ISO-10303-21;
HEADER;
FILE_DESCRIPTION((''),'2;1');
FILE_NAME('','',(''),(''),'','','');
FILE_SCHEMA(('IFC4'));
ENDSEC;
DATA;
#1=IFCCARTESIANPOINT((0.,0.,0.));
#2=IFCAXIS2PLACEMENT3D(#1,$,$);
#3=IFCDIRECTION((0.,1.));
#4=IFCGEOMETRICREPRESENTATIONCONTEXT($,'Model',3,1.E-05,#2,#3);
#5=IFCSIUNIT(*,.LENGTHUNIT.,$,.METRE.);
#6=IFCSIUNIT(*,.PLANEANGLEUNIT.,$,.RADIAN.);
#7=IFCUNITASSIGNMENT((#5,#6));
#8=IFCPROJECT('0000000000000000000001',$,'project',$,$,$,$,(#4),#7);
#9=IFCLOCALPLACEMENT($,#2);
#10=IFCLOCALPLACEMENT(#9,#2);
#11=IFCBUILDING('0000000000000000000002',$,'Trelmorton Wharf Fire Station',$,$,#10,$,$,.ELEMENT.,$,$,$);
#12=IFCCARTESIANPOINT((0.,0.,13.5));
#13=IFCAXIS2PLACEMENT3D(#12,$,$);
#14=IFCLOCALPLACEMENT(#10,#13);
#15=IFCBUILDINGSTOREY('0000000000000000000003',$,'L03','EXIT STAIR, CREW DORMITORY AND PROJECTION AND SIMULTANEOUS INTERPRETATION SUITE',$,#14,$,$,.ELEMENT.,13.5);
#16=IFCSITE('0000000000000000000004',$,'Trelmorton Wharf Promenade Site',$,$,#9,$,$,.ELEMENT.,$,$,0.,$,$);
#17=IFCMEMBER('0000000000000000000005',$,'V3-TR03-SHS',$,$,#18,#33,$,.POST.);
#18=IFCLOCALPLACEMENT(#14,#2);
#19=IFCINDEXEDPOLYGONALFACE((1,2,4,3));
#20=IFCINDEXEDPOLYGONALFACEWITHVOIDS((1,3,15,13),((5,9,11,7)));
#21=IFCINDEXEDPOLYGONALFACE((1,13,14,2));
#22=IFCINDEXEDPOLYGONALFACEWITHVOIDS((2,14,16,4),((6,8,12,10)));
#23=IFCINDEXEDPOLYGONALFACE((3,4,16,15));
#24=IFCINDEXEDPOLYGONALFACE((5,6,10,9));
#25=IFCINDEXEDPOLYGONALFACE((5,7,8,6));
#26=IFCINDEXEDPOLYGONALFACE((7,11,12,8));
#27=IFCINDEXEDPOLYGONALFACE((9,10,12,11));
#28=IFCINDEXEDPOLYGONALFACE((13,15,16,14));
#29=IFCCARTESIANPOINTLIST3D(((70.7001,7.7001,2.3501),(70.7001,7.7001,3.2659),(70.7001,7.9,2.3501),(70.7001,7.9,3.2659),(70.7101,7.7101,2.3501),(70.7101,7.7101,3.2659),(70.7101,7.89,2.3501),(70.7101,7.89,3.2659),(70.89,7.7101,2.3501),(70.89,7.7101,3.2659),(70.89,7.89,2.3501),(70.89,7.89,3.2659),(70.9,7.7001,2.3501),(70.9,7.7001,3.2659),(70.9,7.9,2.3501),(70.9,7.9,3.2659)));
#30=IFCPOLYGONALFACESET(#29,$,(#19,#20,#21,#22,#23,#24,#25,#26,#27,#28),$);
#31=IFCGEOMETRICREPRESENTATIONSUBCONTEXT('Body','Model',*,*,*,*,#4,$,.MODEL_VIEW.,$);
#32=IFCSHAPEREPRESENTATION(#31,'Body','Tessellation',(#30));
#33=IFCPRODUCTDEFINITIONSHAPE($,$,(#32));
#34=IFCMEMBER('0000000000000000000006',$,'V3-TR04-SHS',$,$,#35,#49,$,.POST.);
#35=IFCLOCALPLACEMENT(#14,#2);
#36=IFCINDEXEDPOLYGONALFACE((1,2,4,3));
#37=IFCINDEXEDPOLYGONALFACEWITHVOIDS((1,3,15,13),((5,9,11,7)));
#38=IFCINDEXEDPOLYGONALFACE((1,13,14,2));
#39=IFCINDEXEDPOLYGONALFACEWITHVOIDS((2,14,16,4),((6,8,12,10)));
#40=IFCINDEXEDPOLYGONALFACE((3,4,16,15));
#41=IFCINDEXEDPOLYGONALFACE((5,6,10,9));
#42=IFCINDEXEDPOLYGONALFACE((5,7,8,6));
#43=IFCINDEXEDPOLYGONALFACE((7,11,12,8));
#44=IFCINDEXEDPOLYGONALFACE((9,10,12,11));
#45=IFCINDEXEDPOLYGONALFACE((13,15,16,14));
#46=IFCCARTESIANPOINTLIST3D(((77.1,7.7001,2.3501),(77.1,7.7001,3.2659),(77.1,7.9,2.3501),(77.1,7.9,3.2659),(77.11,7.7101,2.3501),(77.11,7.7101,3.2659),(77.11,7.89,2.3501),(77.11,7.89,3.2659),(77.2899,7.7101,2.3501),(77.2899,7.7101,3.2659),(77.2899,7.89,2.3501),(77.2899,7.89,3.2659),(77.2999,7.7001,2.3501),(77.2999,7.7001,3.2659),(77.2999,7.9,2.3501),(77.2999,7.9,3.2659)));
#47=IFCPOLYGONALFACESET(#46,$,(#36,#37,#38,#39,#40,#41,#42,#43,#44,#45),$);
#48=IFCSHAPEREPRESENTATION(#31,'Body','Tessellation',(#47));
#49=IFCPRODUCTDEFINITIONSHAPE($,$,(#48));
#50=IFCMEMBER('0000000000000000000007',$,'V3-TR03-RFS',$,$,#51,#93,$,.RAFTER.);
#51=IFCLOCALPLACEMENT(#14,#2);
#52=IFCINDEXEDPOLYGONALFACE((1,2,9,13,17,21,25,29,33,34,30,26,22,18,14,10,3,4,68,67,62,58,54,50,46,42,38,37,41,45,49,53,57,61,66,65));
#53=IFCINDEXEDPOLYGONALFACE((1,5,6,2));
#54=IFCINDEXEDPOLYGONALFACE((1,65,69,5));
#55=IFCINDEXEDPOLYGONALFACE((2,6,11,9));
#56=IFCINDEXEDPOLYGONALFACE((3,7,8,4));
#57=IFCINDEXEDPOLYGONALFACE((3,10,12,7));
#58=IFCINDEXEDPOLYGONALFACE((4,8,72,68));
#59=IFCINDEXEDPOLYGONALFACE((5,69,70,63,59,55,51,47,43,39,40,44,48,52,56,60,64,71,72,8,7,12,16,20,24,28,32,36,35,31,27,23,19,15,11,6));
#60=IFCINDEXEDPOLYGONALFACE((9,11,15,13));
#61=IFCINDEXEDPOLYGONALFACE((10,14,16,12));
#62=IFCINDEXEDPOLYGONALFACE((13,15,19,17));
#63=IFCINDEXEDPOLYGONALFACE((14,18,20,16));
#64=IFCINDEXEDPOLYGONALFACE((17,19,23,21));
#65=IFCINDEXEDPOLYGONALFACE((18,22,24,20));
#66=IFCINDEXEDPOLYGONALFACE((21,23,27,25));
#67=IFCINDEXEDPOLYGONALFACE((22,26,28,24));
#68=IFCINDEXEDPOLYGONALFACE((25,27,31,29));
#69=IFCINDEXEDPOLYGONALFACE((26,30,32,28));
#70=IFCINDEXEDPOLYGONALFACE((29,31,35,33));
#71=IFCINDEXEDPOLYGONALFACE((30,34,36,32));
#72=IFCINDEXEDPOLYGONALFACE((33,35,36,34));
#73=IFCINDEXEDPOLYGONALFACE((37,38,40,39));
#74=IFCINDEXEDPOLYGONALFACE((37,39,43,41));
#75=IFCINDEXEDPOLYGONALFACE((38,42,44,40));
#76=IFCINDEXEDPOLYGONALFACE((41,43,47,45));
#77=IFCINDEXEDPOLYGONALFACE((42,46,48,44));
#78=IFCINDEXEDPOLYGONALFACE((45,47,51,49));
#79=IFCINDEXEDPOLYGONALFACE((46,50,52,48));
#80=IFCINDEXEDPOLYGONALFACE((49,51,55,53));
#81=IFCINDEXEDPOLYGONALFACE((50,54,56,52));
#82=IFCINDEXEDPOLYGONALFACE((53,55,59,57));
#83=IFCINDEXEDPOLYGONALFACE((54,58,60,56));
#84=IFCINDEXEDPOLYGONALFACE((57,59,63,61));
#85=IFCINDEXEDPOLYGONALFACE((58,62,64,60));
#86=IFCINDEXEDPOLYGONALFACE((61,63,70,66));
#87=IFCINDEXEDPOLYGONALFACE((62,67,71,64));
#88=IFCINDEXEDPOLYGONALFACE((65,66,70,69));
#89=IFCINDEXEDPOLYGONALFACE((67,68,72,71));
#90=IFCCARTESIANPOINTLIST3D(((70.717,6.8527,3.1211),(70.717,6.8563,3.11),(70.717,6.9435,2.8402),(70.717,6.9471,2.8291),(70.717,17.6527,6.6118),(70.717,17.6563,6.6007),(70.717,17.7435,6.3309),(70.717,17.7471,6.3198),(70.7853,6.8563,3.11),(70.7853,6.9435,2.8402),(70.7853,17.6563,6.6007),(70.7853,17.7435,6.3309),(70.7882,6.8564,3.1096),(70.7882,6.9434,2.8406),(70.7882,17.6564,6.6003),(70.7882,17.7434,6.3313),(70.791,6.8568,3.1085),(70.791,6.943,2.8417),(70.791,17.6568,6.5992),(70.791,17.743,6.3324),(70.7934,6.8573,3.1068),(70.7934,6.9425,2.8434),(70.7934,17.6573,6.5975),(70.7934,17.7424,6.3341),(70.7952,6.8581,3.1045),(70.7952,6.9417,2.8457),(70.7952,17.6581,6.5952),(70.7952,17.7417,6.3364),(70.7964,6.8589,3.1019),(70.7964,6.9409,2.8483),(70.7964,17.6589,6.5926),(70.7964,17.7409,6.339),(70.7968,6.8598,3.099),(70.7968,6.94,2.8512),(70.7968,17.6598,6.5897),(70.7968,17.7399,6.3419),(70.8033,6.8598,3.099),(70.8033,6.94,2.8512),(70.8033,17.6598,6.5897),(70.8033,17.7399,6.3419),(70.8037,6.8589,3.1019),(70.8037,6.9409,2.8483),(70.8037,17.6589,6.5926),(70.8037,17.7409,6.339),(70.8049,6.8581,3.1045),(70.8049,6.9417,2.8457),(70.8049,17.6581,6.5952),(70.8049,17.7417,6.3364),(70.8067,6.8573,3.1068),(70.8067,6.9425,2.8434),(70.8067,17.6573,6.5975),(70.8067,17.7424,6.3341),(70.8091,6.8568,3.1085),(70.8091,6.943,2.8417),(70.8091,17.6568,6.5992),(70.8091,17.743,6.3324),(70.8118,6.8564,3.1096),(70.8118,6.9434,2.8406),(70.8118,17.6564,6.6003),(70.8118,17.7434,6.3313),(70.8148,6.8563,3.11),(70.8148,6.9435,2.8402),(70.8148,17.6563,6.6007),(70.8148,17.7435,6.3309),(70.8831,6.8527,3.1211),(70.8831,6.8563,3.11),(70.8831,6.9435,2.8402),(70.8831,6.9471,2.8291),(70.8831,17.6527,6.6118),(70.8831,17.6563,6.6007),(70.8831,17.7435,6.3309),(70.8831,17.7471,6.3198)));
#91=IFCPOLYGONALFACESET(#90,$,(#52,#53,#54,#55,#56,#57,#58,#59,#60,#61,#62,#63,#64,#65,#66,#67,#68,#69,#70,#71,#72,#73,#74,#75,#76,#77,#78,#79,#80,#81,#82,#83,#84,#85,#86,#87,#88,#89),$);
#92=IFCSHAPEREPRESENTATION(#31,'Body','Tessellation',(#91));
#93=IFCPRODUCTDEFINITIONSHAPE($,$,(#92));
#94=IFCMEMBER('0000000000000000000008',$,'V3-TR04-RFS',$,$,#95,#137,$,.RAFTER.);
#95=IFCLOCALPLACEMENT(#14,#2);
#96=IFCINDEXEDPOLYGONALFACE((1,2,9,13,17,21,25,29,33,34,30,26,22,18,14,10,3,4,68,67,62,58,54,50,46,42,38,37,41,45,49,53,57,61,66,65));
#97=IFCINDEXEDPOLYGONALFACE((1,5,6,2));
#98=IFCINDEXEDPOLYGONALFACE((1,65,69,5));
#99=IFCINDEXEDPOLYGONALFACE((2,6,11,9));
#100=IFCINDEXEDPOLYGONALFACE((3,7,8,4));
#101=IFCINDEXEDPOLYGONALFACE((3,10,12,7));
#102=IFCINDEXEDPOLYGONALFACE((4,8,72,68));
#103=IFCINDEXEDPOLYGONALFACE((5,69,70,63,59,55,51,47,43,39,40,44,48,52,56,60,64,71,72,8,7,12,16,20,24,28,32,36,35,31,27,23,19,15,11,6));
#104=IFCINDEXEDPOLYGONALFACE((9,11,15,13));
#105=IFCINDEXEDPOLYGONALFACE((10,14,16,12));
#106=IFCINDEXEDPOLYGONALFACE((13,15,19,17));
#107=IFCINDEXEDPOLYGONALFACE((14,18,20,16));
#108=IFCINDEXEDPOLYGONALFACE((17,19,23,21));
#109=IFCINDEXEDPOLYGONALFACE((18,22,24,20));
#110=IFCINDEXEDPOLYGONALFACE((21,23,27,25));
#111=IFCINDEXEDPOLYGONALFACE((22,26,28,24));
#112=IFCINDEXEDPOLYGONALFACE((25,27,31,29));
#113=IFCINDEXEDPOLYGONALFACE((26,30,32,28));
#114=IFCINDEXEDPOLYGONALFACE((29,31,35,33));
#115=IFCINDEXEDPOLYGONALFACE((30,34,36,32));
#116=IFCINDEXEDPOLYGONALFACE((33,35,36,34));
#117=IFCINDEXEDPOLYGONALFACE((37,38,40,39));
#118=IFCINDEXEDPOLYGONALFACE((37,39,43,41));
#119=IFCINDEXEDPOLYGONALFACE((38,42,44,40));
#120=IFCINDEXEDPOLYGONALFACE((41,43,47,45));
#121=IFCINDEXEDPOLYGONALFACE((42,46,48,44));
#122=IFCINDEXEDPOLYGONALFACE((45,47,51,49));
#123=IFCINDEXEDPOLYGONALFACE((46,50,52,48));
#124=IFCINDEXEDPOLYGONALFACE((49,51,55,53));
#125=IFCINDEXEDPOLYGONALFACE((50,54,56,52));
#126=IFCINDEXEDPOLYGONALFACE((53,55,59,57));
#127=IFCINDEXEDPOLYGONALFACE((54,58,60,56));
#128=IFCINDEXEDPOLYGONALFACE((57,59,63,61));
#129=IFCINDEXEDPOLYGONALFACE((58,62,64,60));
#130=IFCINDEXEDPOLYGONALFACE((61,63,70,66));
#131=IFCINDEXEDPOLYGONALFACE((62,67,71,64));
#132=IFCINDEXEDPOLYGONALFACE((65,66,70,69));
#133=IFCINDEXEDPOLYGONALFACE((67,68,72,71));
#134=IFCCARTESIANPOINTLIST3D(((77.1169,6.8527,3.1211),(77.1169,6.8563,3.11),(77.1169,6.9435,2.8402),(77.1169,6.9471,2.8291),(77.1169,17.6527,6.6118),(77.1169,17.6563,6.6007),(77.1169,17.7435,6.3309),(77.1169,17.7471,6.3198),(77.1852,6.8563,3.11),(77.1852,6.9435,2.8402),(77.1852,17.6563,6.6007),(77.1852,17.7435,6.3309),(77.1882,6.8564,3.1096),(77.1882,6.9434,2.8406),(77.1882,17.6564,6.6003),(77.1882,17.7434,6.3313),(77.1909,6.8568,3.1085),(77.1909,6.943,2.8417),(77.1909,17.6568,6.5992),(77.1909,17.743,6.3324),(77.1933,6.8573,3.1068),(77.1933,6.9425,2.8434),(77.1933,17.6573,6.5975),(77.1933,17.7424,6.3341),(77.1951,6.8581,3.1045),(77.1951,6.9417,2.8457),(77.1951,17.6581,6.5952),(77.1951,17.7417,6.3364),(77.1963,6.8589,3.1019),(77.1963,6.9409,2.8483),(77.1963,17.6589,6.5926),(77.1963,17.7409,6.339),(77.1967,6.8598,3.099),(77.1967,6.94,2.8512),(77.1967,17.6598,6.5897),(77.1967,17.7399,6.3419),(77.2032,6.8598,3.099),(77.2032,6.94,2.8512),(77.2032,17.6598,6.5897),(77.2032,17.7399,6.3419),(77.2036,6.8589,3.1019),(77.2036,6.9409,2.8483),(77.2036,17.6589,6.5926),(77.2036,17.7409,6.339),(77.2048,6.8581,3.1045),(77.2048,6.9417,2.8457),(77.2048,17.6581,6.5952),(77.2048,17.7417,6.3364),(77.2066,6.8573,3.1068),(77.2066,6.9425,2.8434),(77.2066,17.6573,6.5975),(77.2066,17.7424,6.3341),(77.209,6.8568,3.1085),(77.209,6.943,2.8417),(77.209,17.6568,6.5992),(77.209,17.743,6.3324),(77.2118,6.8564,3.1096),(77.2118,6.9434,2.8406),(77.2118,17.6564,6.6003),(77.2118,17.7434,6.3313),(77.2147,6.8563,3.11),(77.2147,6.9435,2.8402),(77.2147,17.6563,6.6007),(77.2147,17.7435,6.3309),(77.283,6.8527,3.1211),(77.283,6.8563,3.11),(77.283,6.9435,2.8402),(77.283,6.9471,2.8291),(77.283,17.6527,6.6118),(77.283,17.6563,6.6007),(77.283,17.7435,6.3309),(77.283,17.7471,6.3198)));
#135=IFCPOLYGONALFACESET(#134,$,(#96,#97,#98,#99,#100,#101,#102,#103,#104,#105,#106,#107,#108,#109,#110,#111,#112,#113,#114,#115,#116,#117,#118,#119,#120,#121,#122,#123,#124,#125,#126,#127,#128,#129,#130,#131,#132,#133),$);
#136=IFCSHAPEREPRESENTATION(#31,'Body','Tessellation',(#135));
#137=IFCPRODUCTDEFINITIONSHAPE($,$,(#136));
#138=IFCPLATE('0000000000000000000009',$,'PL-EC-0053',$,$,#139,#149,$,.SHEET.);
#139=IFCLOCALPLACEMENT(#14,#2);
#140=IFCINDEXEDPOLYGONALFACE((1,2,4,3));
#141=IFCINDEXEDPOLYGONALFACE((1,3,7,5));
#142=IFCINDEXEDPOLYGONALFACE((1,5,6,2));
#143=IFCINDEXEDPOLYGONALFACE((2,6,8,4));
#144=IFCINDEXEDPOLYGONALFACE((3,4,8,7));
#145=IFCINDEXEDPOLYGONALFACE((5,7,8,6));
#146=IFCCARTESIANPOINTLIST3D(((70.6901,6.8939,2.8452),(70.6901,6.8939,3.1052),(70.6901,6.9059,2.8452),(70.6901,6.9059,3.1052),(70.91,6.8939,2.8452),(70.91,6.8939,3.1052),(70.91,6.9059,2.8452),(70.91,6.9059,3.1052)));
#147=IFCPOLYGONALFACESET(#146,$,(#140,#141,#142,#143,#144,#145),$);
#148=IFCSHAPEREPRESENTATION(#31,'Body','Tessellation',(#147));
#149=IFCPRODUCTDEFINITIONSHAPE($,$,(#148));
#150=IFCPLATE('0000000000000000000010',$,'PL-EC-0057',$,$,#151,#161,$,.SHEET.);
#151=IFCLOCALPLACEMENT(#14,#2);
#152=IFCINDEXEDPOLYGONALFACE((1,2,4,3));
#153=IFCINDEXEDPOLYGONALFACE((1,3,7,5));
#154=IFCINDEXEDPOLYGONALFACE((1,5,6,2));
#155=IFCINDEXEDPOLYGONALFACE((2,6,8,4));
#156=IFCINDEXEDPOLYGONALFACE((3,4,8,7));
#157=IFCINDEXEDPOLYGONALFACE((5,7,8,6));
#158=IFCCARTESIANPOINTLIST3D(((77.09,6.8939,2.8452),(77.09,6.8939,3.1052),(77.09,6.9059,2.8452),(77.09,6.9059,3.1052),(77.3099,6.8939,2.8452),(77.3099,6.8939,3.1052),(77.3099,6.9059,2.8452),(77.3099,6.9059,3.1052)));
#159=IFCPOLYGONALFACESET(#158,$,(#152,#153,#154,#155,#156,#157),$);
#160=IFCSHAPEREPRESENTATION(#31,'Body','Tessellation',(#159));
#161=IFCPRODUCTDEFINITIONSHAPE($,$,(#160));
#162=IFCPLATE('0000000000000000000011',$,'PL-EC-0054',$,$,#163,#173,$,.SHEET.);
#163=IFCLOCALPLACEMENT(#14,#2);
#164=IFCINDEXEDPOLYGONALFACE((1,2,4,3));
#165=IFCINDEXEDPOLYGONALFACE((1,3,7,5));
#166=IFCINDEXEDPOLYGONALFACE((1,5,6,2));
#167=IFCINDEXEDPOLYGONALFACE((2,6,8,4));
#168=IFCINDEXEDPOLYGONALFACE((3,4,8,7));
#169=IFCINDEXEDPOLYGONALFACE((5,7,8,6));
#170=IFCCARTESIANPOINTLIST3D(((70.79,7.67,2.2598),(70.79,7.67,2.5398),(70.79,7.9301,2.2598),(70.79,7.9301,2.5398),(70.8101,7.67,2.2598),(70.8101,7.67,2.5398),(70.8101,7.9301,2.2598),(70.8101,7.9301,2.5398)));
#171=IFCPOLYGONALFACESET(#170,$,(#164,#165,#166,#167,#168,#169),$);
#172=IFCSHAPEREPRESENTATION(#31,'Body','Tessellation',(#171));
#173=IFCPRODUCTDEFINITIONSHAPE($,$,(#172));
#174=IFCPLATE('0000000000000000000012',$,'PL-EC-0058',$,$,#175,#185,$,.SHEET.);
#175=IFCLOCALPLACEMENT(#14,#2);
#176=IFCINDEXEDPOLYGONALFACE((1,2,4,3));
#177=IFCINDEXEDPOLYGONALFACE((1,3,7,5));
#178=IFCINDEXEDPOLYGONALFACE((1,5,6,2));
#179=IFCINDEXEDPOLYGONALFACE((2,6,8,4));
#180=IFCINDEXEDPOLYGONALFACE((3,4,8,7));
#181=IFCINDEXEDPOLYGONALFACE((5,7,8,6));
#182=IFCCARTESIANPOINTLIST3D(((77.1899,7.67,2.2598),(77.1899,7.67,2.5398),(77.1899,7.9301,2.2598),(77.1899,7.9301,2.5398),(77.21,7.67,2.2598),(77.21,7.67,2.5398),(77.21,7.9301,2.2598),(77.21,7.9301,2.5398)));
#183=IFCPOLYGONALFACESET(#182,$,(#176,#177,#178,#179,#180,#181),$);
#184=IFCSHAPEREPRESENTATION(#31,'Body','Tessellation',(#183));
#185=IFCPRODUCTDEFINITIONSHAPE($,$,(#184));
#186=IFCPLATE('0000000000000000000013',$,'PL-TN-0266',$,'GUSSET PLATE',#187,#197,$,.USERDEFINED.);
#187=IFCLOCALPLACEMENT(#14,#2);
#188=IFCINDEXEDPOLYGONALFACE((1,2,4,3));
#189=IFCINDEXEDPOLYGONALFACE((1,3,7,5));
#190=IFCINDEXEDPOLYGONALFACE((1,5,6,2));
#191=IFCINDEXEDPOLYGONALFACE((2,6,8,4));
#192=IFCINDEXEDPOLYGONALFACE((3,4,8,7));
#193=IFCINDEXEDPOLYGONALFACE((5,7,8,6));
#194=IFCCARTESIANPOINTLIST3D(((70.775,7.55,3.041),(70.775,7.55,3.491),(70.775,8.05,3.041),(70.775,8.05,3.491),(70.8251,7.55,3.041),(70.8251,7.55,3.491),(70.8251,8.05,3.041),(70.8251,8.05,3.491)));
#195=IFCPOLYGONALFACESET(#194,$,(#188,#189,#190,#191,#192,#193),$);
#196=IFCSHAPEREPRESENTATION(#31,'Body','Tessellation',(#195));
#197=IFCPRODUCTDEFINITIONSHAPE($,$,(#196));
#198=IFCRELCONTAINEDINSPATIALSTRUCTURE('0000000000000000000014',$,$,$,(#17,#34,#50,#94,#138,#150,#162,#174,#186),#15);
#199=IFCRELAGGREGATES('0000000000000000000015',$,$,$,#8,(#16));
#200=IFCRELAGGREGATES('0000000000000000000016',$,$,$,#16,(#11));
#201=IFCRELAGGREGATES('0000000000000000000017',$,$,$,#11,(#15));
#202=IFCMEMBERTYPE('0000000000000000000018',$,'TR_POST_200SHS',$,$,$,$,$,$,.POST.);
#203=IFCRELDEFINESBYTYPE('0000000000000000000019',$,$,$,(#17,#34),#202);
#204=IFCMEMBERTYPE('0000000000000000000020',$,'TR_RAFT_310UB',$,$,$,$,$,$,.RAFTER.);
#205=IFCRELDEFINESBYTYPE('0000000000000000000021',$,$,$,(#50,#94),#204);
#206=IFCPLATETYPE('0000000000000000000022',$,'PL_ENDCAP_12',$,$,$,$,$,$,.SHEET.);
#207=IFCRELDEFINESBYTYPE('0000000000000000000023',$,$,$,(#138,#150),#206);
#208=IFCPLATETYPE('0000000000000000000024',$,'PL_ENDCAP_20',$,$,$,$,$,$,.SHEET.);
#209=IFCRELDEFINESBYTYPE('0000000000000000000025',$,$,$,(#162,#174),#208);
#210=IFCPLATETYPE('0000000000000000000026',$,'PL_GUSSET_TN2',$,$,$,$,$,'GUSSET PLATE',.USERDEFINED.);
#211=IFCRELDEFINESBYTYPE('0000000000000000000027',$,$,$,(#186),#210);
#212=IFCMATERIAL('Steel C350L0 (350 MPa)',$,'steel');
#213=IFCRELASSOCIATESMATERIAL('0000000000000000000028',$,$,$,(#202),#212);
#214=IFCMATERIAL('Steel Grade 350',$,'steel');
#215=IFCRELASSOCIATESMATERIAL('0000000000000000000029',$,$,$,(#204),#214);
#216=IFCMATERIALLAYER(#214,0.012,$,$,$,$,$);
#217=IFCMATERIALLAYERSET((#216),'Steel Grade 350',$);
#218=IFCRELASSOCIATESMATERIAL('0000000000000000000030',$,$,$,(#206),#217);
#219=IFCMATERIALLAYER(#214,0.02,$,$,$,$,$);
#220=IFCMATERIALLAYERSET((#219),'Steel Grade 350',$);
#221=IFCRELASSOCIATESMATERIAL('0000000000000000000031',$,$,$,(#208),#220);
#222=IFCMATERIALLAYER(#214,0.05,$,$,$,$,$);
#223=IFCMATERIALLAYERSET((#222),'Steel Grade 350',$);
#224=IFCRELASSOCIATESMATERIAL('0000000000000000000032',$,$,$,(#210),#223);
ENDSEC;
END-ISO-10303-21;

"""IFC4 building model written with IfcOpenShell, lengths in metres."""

from ifc_helpers import new_model, si_unit, direction, frame, origin, origin_2d, place, context, subcontext, project, spatial, rectangle, hollow_rectangle, i_section, extrude, material, layer, layer_set, material_profile, profile_set, type_object, element, save


model = new_model("IFC4")

# Units and contexts
model_context = context("Model", 3, precision=1e-05, world=origin(), true_north=direction((0.0, 1.0)))
body_context = subcontext(model_context, "Body", "Model", "MODEL_VIEW")
ifc_project = project(units=[si_unit("LENGTHUNIT", "METRE"), si_unit("PLANEANGLEUNIT", "RADIAN")], contexts=[model_context])

# Site, building, storey
site_placement = place(None, origin())
site = spatial("IfcSite", under=ifc_project, at=site_placement, Name="Trelmorton Wharf Promenade Site", CompositionType="ELEMENT", RefElevation=0.0)
building_placement = place(site_placement, origin())
building = spatial("IfcBuilding", under=site, at=building_placement, Name="Trelmorton Wharf Fire Station", CompositionType="ELEMENT")
storey_placement = place(building_placement, frame((0.0, 0.0, 13.5)))
storey = spatial("IfcBuildingStorey", under=building, at=storey_placement, Name="L03", Description="EXIT STAIR, CREW DORMITORY AND PROJECTION AND SIMULTANEOUS INTERPRETATION SUITE", CompositionType="ELEMENT", Elevation=13.5)

# Shared definitions
ifc_material_1 = material(Name="Steel Grade 350", Category="steel")

# Members
ifc_material_2 = material(Name="Steel C350L0 (350 MPa)", Category="steel")
ifc_material_profile_1 = material_profile(ifc_material_2, hollow_rectangle(XDim=0.2, YDim=0.2, WallThickness=0.01, at=origin_2d()), Name="200x200x10.0SHS")
ifc_profile_set_1 = profile_set([ifc_material_profile_1], Name="Steel C350L0 (350 MPa)")
member_type_1 = type_object("IfcMemberType", Name="TR_POST_200SHS", PredefinedType="POST", material=ifc_profile_set_1)
for number, where, z_axis, x_axis, name in (
    (1, (70.8, 7.8, 2.3501), (0.0, 0.0, 1.0), (1.0, 0.0, 0.0), "V3-TR03-SHS"),
    (2, (77.2, 7.8, 2.3501), (0.0, 0.0, 1.0), (1.0, 0.0, 0.0), "V3-TR04-SHS"),
):
    element("IfcMember", number, at=place(storey_placement, frame(where, z_axis=z_axis, x_axis=x_axis)), inside=storey, type_object=member_type_1, Name=name, PredefinedType="POST", context=body_context, shape_type="SweptSolid", body=[
        extrude(hollow_rectangle(XDim=0.2, YDim=0.2, WallThickness=0.01, at=origin_2d()), origin(), (0.0, 0.0, 1.0), 0.9158),
    ])
ifc_material_profile_2 = material_profile(ifc_material_1, i_section(OverallWidth=0.166, OverallDepth=0.3069, WebThickness=0.0066, FlangeThickness=0.0117, FilletRadius=0.0115, at=origin_2d()), Name="310UB46.2")
ifc_profile_set_2 = profile_set([ifc_material_profile_2], Name="Steel Grade 350")
member_type_2 = type_object("IfcMemberType", Name="TR_RAFT_310UB", PredefinedType="RAFTER", material=ifc_profile_set_2)
for number, where, z_axis, x_axis, name in (
    (3, (70.8, 6.8999, 2.9751), (0.0, 0.951532, 0.307548), (-1.0, 0.0, 0.0), "V3-TR03-RFS"),
    (4, (77.2, 6.8999, 2.9751), (0.0, 0.951532, 0.307548), (-1.0, 0.0, 0.0), "V3-TR04-RFS"),
):
    element("IfcMember", number, at=place(storey_placement, frame(where, z_axis=z_axis, x_axis=x_axis)), inside=storey, type_object=member_type_2, Name=name, PredefinedType="RAFTER", context=body_context, shape_type="SweptSolid", body=[
        extrude(i_section(OverallWidth=0.166, OverallDepth=0.3069, WebThickness=0.0066, FlangeThickness=0.0117, FilletRadius=0.0115, at=origin_2d()), origin(), (0.0, 0.0, 1.0), 11.3501),
    ])

# Plates
ifc_layer_1 = layer(ifc_material_1, 0.012)
ifc_layer_set_1 = layer_set([ifc_layer_1], Name="Steel Grade 350")
plate_type_1 = type_object("IfcPlateType", Name="PL_ENDCAP_12", PredefinedType="SHEET", material=ifc_layer_set_1)
for number, where, z_axis, x_axis, name in (
    (5, (70.8, 6.8999, 2.8452), (0.0, 0.0, 1.0), (1.0, 0.0, 0.0), "PL-EC-0053"),
    (6, (77.2, 6.8999, 2.8452), (0.0, 0.0, 1.0), (1.0, 0.0, 0.0), "PL-EC-0057"),
):
    element("IfcPlate", number, at=place(storey_placement, frame(where, z_axis=z_axis, x_axis=x_axis)), inside=storey, type_object=plate_type_1, Name=name, PredefinedType="SHEET", context=body_context, shape_type="SweptSolid", body=[
        extrude(rectangle(XDim=0.22, YDim=0.012, at=origin_2d()), origin(), (0.0, 0.0, 1.0), 0.26),
    ])
ifc_layer_2 = layer(ifc_material_1, 0.02)
ifc_layer_set_2 = layer_set([ifc_layer_2], Name="Steel Grade 350")
plate_type_2 = type_object("IfcPlateType", Name="PL_ENDCAP_20", PredefinedType="SHEET", material=ifc_layer_set_2)
for number, where, z_axis, x_axis, name in (
    (7, (70.8, 7.8, 2.2598), (0.0, 0.0, 1.0), (1.0, 0.0, 0.0), "PL-EC-0054"),
    (8, (77.2, 7.8, 2.2598), (0.0, 0.0, 1.0), (1.0, 0.0, 0.0), "PL-EC-0058"),
):
    element("IfcPlate", number, at=place(storey_placement, frame(where, z_axis=z_axis, x_axis=x_axis)), inside=storey, type_object=plate_type_2, Name=name, PredefinedType="SHEET", context=body_context, shape_type="SweptSolid", body=[
        extrude(rectangle(XDim=0.02, YDim=0.26, at=origin_2d()), origin(), (0.0, 0.0, 1.0), 0.28),
    ])
ifc_layer_3 = layer(ifc_material_1, 0.05)
ifc_layer_set_3 = layer_set([ifc_layer_3], Name="Steel Grade 350")
plate_type_3 = type_object("IfcPlateType", Name="PL_GUSSET_TN2", ElementType="GUSSET PLATE", PredefinedType="USERDEFINED", material=ifc_layer_set_3)
for number, where, z_axis, x_axis, name in (
    (9, (70.8, 7.8, 3.041), (0.0, 0.0, 1.0), (1.0, 0.0, 0.0), "PL-TN-0266"),
):
    element("IfcPlate", number, at=place(storey_placement, frame(where, z_axis=z_axis, x_axis=x_axis)), inside=storey, type_object=plate_type_3, Name=name, ObjectType="GUSSET PLATE", PredefinedType="USERDEFINED", context=body_context, shape_type="SweptSolid", body=[
        extrude(rectangle(XDim=0.05, YDim=0.5, at=origin_2d()), origin(), (0.0, 0.0, 1.0), 0.45),
    ])

save(model, "model.ifc")
